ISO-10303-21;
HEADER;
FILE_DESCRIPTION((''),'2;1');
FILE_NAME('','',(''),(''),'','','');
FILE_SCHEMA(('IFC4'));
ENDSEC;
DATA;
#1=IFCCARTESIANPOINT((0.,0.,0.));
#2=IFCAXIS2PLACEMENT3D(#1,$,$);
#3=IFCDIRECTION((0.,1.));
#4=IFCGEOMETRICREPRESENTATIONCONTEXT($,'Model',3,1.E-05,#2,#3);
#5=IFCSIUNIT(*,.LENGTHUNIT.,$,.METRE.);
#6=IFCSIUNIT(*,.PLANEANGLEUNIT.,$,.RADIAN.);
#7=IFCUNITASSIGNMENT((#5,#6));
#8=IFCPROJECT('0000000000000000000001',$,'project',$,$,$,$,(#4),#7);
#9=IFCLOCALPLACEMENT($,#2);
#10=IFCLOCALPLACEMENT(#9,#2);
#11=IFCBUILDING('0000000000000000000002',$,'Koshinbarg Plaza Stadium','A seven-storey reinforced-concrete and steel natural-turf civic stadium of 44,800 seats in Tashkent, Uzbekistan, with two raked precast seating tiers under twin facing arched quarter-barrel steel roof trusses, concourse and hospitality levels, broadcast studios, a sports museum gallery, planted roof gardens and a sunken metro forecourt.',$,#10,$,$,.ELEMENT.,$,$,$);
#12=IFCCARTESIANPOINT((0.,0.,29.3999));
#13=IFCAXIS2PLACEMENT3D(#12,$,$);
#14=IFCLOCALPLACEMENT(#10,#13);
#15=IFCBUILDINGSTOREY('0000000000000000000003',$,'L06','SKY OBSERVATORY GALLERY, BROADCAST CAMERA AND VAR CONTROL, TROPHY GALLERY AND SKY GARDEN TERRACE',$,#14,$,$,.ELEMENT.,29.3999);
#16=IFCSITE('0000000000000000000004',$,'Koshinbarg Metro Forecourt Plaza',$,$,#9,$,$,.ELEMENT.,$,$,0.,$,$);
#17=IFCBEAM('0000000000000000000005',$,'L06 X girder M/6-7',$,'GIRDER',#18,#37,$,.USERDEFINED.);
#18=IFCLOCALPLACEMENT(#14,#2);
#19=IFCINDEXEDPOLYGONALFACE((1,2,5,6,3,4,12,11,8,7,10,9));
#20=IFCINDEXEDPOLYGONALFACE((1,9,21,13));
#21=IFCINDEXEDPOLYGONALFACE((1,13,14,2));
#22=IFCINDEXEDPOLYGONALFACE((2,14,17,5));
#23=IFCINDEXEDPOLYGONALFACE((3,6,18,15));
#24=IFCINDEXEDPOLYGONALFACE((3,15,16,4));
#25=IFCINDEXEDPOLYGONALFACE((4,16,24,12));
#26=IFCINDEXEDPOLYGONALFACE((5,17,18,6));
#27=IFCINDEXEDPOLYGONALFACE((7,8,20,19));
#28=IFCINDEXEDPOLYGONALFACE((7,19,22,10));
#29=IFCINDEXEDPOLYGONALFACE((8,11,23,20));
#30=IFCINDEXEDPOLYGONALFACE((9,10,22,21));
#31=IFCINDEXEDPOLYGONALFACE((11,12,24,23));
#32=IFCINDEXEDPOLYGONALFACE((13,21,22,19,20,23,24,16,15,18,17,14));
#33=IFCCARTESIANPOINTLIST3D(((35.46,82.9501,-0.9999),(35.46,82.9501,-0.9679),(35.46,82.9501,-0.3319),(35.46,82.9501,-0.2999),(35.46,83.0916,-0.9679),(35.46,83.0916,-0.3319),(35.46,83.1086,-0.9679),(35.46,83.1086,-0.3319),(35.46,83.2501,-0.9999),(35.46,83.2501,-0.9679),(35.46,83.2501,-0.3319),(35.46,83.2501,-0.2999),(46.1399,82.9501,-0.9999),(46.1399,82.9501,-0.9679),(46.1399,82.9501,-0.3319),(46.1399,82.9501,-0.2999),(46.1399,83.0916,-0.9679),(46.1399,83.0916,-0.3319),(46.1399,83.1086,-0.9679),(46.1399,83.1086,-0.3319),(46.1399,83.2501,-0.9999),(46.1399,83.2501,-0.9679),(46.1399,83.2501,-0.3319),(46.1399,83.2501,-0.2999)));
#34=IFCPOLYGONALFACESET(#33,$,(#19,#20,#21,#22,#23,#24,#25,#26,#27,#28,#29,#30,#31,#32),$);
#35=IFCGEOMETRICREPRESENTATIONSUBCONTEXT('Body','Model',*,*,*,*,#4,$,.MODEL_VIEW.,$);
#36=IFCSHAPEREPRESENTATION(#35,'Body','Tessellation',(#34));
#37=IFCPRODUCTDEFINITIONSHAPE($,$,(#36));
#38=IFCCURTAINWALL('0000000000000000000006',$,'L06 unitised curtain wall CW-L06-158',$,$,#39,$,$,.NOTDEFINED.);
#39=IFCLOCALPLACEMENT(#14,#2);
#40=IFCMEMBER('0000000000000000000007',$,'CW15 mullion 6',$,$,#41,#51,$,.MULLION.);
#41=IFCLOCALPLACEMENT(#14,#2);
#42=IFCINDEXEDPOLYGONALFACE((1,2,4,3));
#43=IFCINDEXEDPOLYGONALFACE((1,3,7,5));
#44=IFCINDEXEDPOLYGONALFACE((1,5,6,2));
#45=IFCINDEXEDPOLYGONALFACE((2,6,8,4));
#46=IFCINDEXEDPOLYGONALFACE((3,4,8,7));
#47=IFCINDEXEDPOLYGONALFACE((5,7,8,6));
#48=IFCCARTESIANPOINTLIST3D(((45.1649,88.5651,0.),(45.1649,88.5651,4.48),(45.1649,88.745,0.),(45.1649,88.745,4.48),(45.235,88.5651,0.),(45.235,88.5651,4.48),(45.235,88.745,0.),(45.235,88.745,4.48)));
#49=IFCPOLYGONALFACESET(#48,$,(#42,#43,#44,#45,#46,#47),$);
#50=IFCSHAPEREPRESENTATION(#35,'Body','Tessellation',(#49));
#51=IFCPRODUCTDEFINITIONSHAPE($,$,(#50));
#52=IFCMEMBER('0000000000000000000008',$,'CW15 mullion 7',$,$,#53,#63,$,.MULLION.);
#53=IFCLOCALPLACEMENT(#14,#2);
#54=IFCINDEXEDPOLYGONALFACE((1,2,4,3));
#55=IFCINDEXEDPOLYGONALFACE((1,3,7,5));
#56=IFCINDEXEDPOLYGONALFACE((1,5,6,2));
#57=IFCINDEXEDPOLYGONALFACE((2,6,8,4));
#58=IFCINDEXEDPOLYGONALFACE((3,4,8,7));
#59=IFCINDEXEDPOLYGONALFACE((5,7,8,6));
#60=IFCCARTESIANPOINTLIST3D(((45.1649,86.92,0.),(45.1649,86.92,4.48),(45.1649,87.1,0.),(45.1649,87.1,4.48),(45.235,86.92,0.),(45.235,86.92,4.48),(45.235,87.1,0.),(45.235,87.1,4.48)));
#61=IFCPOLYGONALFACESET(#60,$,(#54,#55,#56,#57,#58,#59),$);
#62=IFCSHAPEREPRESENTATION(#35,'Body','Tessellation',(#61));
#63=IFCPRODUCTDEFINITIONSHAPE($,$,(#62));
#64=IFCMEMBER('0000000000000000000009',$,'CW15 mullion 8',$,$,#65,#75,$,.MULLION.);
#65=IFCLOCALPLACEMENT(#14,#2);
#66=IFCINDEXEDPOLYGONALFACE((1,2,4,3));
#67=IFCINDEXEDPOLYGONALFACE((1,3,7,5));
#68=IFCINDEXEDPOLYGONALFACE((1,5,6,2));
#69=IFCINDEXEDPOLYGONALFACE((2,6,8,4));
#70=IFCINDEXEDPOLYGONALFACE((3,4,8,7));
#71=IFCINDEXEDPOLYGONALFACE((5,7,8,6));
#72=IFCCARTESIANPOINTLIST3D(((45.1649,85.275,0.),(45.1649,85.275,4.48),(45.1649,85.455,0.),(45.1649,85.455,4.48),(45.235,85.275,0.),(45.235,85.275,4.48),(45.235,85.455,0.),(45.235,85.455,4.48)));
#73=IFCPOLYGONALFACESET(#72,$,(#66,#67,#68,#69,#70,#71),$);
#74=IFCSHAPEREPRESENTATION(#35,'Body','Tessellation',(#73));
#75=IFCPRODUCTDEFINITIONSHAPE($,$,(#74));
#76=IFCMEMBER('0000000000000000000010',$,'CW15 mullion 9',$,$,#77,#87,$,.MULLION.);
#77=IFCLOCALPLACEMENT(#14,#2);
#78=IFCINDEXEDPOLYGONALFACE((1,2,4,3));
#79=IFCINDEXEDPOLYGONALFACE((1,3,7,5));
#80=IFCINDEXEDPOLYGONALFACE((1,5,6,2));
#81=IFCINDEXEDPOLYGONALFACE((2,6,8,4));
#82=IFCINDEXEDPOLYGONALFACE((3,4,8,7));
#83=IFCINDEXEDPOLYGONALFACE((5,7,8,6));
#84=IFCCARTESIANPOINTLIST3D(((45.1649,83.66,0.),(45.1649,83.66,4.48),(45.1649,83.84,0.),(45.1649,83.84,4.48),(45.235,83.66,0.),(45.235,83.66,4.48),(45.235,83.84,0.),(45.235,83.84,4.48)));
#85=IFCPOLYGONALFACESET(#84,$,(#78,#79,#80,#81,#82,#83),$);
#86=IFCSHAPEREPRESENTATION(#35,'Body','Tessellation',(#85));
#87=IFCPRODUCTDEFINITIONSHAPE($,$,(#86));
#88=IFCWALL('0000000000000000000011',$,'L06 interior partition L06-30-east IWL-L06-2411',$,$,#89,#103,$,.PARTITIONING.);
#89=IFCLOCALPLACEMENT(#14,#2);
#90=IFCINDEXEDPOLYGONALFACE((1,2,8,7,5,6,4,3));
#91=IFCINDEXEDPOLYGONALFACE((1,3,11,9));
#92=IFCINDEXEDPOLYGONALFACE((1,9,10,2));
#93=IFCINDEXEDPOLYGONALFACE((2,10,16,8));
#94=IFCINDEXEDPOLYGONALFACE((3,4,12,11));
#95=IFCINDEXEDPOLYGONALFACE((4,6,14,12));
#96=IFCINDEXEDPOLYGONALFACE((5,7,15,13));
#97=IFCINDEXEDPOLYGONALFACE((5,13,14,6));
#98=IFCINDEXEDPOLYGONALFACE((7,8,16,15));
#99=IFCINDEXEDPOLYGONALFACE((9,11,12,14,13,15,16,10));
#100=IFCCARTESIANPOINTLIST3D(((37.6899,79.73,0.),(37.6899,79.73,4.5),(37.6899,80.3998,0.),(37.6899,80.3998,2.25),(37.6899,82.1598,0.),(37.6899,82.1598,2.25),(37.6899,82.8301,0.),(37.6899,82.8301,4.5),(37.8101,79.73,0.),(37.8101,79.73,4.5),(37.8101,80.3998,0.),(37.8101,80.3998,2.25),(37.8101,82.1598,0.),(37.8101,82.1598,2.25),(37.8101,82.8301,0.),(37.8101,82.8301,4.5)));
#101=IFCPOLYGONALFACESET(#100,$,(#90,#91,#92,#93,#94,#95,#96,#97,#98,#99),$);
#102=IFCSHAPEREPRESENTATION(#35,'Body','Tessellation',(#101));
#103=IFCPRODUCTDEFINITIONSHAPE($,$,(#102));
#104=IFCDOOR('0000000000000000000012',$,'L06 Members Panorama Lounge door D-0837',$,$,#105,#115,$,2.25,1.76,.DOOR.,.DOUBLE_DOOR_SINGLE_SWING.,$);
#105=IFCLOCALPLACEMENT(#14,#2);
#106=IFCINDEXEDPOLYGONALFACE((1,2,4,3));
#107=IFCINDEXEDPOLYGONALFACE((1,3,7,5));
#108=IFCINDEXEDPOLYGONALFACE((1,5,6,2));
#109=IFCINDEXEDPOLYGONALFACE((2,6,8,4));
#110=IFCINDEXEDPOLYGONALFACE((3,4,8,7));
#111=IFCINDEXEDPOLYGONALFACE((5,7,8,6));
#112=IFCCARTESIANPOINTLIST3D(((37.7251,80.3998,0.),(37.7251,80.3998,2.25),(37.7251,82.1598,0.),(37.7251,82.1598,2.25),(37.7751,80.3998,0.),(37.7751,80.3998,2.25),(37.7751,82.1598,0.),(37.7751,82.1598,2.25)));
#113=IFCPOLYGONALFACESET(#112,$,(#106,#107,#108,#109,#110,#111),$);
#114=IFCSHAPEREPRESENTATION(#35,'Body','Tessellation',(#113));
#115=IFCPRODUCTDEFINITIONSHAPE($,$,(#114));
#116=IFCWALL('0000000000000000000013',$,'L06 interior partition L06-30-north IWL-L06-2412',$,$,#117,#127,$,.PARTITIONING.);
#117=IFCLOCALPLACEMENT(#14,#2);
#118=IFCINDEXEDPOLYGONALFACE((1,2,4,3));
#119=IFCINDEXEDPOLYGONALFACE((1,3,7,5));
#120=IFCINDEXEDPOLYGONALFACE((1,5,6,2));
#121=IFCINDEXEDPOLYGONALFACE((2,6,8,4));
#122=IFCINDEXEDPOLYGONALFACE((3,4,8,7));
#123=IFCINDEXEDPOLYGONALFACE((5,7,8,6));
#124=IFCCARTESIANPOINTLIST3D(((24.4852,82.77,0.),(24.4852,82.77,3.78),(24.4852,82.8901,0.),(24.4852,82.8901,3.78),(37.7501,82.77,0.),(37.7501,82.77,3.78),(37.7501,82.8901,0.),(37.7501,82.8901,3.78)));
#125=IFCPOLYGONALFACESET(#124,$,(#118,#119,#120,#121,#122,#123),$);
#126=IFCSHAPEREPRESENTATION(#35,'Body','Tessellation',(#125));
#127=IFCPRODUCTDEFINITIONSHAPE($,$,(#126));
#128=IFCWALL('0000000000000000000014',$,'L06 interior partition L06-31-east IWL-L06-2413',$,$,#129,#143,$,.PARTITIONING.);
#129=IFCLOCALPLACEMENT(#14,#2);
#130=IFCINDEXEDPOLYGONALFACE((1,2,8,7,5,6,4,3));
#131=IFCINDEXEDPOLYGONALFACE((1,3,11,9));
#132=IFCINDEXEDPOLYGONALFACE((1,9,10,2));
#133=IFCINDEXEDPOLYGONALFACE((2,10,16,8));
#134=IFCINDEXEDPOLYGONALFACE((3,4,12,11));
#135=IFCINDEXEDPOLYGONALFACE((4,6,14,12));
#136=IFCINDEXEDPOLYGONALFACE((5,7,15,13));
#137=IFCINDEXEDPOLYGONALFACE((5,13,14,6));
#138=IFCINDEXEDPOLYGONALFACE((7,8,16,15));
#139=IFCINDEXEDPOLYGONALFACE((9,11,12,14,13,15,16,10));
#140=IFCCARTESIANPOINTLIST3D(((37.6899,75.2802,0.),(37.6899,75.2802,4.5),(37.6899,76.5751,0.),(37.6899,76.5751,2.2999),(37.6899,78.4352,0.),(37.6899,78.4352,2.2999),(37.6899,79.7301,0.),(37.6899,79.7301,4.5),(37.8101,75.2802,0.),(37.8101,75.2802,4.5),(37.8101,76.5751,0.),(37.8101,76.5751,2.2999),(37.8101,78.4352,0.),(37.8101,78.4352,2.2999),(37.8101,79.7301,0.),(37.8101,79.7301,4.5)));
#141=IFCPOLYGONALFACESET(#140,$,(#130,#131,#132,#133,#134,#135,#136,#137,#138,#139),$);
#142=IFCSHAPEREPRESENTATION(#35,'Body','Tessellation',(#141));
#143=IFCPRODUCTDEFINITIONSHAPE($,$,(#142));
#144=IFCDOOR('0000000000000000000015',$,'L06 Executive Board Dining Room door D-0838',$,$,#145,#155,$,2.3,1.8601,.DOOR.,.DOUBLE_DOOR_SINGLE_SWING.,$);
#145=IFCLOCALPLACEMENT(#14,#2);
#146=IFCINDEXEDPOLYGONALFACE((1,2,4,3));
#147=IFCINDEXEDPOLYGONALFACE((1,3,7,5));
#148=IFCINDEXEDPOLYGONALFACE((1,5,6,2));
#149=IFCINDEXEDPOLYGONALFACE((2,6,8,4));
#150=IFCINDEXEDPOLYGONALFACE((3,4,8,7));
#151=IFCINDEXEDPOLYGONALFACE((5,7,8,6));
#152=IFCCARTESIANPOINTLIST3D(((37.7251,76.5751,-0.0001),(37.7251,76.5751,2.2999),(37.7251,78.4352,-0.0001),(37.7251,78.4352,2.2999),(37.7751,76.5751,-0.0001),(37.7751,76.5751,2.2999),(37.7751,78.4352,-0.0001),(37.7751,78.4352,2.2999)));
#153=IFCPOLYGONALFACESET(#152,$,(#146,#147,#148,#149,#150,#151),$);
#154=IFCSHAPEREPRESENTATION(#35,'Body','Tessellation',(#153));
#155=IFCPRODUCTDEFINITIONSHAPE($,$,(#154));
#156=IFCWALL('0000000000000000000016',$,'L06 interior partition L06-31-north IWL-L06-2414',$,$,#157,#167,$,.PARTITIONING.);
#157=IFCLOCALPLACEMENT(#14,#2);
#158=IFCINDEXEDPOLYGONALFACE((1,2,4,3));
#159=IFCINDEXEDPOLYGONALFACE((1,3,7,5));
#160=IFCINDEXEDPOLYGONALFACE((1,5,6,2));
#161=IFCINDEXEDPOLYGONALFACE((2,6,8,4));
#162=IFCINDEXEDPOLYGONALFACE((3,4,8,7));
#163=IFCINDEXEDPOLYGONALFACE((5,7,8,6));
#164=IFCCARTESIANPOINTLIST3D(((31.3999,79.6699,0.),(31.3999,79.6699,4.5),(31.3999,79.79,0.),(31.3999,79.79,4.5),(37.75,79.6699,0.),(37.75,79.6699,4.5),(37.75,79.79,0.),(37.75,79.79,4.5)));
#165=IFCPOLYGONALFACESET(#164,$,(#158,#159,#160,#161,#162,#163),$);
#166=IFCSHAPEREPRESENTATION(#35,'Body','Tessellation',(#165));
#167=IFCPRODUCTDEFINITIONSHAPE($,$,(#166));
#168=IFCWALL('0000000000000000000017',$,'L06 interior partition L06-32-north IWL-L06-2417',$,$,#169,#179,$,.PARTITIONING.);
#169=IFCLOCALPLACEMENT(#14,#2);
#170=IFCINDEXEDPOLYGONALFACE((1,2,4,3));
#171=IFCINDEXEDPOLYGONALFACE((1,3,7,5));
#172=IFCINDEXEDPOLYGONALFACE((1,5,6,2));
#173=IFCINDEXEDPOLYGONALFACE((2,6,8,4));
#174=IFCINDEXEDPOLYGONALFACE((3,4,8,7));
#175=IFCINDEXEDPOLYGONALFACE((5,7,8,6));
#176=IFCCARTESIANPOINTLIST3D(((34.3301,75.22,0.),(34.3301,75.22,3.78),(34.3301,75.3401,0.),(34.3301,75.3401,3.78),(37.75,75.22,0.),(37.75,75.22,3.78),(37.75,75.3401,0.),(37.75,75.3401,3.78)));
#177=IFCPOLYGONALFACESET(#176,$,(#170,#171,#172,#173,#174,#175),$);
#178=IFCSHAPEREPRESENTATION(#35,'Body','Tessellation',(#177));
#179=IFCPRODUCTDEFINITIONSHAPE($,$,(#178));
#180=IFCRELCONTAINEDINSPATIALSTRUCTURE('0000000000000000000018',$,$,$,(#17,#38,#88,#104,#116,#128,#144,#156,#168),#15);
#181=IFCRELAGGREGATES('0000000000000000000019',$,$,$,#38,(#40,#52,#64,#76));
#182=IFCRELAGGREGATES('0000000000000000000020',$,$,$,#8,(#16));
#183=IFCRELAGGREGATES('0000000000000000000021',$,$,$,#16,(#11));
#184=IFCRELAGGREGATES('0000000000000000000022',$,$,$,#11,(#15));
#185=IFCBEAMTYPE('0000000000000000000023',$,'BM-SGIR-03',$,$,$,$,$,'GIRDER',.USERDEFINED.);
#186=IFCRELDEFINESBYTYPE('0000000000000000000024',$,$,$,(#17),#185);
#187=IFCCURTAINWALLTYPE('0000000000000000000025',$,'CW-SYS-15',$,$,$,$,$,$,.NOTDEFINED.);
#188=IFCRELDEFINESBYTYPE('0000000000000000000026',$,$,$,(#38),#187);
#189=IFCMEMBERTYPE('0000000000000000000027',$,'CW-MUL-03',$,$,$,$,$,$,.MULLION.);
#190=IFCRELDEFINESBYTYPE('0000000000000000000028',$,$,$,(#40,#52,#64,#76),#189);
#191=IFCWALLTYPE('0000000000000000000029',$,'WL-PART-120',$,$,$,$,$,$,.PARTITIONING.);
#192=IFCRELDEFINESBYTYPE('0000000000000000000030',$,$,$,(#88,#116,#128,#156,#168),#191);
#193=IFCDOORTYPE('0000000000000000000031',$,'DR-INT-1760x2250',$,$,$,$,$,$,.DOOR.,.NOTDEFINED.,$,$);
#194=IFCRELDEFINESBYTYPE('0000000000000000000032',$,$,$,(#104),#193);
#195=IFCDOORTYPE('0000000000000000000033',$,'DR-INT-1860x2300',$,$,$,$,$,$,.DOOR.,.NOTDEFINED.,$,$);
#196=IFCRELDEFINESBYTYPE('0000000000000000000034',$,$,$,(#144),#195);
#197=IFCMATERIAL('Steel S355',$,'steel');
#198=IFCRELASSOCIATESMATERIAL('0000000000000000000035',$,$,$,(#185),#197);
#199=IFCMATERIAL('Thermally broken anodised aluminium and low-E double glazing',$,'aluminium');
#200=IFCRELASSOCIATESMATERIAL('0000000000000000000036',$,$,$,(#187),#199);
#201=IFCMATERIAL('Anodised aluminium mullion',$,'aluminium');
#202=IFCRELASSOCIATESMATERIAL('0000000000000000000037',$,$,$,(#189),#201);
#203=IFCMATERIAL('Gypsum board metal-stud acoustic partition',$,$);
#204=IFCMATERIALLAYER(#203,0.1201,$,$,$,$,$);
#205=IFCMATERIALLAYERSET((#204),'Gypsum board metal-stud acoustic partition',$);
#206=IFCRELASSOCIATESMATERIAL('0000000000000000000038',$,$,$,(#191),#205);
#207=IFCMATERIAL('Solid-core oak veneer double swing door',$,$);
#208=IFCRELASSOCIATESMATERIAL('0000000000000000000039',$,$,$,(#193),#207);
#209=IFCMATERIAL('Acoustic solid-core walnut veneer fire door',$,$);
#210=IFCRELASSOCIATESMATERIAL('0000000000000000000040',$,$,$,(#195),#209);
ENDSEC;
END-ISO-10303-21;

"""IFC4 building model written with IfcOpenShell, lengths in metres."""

from ifc_helpers import new_model, si_unit, direction, frame, frame_2d, origin, origin_2d, place, context, subcontext, project, spatial, rectangle, i_section, extrude, material, layer, layer_set, material_profile, profile_set, type_object, element, fill, aggregate, save


model = new_model("IFC4")

# Units and contexts
model_context = context("Model", 3, precision=1e-05, world=origin(), true_north=direction((0.0, 1.0)))
body_context = subcontext(model_context, "Body", "Model", "MODEL_VIEW")
ifc_project = project(units=[si_unit("LENGTHUNIT", "METRE"), si_unit("PLANEANGLEUNIT", "RADIAN")], contexts=[model_context])

# Site, building, storey
site_placement = place(None, origin())
site = spatial("IfcSite", under=ifc_project, at=site_placement, Name="Koshinbarg Metro Forecourt Plaza", CompositionType="ELEMENT", RefElevation=0.0)
building_placement = place(site_placement, origin())
building = spatial("IfcBuilding", under=site, at=building_placement, Name="Koshinbarg Plaza Stadium", Description="A seven-storey reinforced-concrete and steel natural-turf civic stadium of 44,800 seats in Tashkent, Uzbekistan, with two raked precast seating tiers under twin facing arched quarter-barrel steel roof trusses, concourse and hospitality levels, broadcast studios, a sports museum gallery, planted roof gardens and a sunken metro forecourt.", CompositionType="ELEMENT")
storey_placement = place(building_placement, frame((0.0, 0.0, 29.3999)))
storey = spatial("IfcBuildingStorey", under=building, at=storey_placement, Name="L06", Description="SKY OBSERVATORY GALLERY, BROADCAST CAMERA AND VAR CONTROL, TROPHY GALLERY AND SKY GARDEN TERRACE", CompositionType="ELEMENT", Elevation=29.3999)

# Beam
ifc_material_1 = material(Name="Steel S355", Category="steel")
ifc_material_profile_1 = material_profile(ifc_material_1, i_section(OverallWidth=0.3, OverallDepth=0.7, WebThickness=0.0171, FlangeThickness=0.032, at=origin_2d()), Name="HEB 700")
ifc_profile_set_1 = profile_set([ifc_material_profile_1], Name="Steel S355")
beam_type = type_object("IfcBeamType", Name="BM-SGIR-03", ElementType="GIRDER", PredefinedType="USERDEFINED", material=ifc_profile_set_1)
beam_placement = place(storey_placement, frame((35.46, 83.1001, -0.6499), z_axis=(1.0, 0.0, 0.0), x_axis=(0.0, 1.0, 0.0)))
element("IfcBeam", 1, at=beam_placement, inside=storey, type_object=beam_type, Name="L06 X girder M/6-7", ObjectType="GIRDER", PredefinedType="USERDEFINED", context=body_context, shape_type="SweptSolid", body=[
    extrude(i_section(OverallWidth=0.3, OverallDepth=0.7, WebThickness=0.0171, FlangeThickness=0.032, at=origin_2d()), origin(), (0.0, 0.0, 1.0), 10.6799),
])

# Curtain wall, members
ifc_material_2 = material(Name="Thermally broken anodised aluminium and low-E double glazing", Category="aluminium")
curtain_wall_type = type_object("IfcCurtainWallType", Name="CW-SYS-15", PredefinedType="NOTDEFINED", material=ifc_material_2)
curtain_wall_placement = place(storey_placement, origin())
curtain_wall = element("IfcCurtainWall", 2, at=curtain_wall_placement, inside=storey, type_object=curtain_wall_type, Name="L06 unitised curtain wall CW-L06-158", PredefinedType="NOTDEFINED")
ifc_material_3 = material(Name="Anodised aluminium mullion", Category="aluminium")
ifc_material_profile_2 = material_profile(ifc_material_3, rectangle(XDim=0.0701, YDim=0.1799, at=origin_2d()), Name="ALU 70x180")
ifc_profile_set_2 = profile_set([ifc_material_profile_2], Name="Anodised aluminium mullion")
member_type = type_object("IfcMemberType", Name="CW-MUL-03", PredefinedType="MULLION", material=ifc_profile_set_2)
member_1_placement = place(storey_placement, frame((45.2, 88.655, 0.0), z_axis=(0.0, 0.0, 1.0), x_axis=(1.0, 0.0, 0.0)))
member_1 = element("IfcMember", 3, at=member_1_placement, type_object=member_type, Name="CW15 mullion 6", PredefinedType="MULLION", context=body_context, shape_type="SweptSolid", body=[
    extrude(rectangle(XDim=0.0701, YDim=0.1799, at=origin_2d()), origin(), (0.0, 0.0, 1.0), 4.48),
])
member_2_placement = place(storey_placement, frame((45.2, 87.01, 0.0), z_axis=(0.0, 0.0, 1.0), x_axis=(1.0, 0.0, 0.0)))
member_2 = element("IfcMember", 4, at=member_2_placement, type_object=member_type, Name="CW15 mullion 7", PredefinedType="MULLION", context=body_context, shape_type="SweptSolid", body=[
    extrude(rectangle(XDim=0.0701, YDim=0.1799, at=origin_2d()), origin(), (0.0, 0.0, 1.0), 4.48),
])
member_3_placement = place(storey_placement, frame((45.2, 85.365, 0.0), z_axis=(0.0, 0.0, 1.0), x_axis=(1.0, 0.0, 0.0)))
member_3 = element("IfcMember", 5, at=member_3_placement, type_object=member_type, Name="CW15 mullion 8", PredefinedType="MULLION", context=body_context, shape_type="SweptSolid", body=[
    extrude(rectangle(XDim=0.0701, YDim=0.1799, at=origin_2d()), origin(), (0.0, 0.0, 1.0), 4.48),
])
member_4_placement = place(storey_placement, frame((45.2, 83.75, 0.0), z_axis=(0.0, 0.0, 1.0), x_axis=(1.0, 0.0, 0.0)))
member_4 = element("IfcMember", 6, at=member_4_placement, type_object=member_type, Name="CW15 mullion 9", PredefinedType="MULLION", context=body_context, shape_type="SweptSolid", body=[
    extrude(rectangle(XDim=0.0701, YDim=0.1799, at=origin_2d()), origin(), (0.0, 0.0, 1.0), 4.48),
])
aggregate(curtain_wall, [member_1, member_2, member_3, member_4])

# Wall, opening, door
ifc_material_4 = material(Name="Gypsum board metal-stud acoustic partition")
ifc_layer_1 = layer(ifc_material_4, 0.1201)
ifc_layer_set_1 = layer_set([ifc_layer_1], Name="Gypsum board metal-stud acoustic partition")
wall_type_1 = type_object("IfcWallType", Name="WL-PART-120", PredefinedType="PARTITIONING", material=ifc_layer_set_1)
wall_1_placement = place(storey_placement, frame((37.75, 79.73, 0.0), z_axis=(0.0, 0.0, 1.0), x_axis=(0.0, 1.0, 0.0)))
wall_1 = element("IfcWall", 7, at=wall_1_placement, inside=storey, type_object=wall_type_1, Name="L06 interior partition L06-30-east IWL-L06-2411", PredefinedType="PARTITIONING", context=body_context, shape_type="SweptSolid", body=[
    extrude(rectangle(XDim=3.1001, YDim=0.1201, at=frame_2d((1.55, 0.0))), origin(), (0.0, 0.0, 1.0), 4.5),
])
opening_1_placement = place(wall_1_placement, frame((0.6699, 0.0, 0.0)))
opening_1 = element("IfcOpeningElement", 8, at=opening_1_placement, cuts=wall_1, PredefinedType="OPENING", context=body_context, shape_type="SweptSolid", body=[
    extrude(rectangle(XDim=1.76, YDim=2.25, at=frame_2d((0.8799, 1.125))), frame((0.0, 0.0701, 0.0), z_axis=(0.0, -1.0, 0.0), x_axis=(1.0, 0.0, 0.0)), (0.0, 0.0, 1.0), 0.1401),
])
ifc_material_5 = material(Name="Solid-core oak veneer double swing door")
door_type_1 = type_object("IfcDoorType", Name="DR-INT-1760x2250", OperationType="NOTDEFINED", PredefinedType="DOOR", material=ifc_material_5)
door_1_placement = place(opening_1_placement, origin())
door_1 = element("IfcDoor", 9, at=door_1_placement, inside=storey, type_object=door_type_1, Name="L06 Members Panorama Lounge door D-0837", OperationType="DOUBLE_DOOR_SINGLE_SWING", OverallHeight=2.25, OverallWidth=1.76, PredefinedType="DOOR", context=body_context, shape_type="SweptSolid", body=[
    extrude(rectangle(XDim=1.76, YDim=2.25, at=frame_2d((0.8799, 1.125))), frame((0.0, 0.0249, 0.0), z_axis=(0.0, -1.0, 0.0), x_axis=(1.0, 0.0, 0.0)), (0.0, 0.0, 1.0), 0.05),
])
fill(opening_1, door_1)

# Wall
wall_2_placement = place(storey_placement, frame((37.75, 82.8301, 0.0), z_axis=(0.0, 0.0, 1.0), x_axis=(-1.0, 0.0, 0.0)))
element("IfcWall", 10, at=wall_2_placement, inside=storey, type_object=wall_type_1, Name="L06 interior partition L06-30-north IWL-L06-2412", PredefinedType="PARTITIONING", context=body_context, shape_type="SweptSolid", body=[
    extrude(rectangle(XDim=13.2649, YDim=0.1201, at=frame_2d((6.6323, 0.0))), origin(), (0.0, 0.0, 1.0), 3.78),
])

# Wall, opening, door
wall_3_placement = place(storey_placement, frame((37.75, 75.28, 0.0), z_axis=(0.0, 0.0, 1.0), x_axis=(0.0, 1.0, 0.0)))
wall_3 = element("IfcWall", 11, at=wall_3_placement, inside=storey, type_object=wall_type_1, Name="L06 interior partition L06-31-east IWL-L06-2413", PredefinedType="PARTITIONING", context=body_context, shape_type="SweptSolid", body=[
    extrude(rectangle(XDim=4.45, YDim=0.1201, at=frame_2d((2.2251, 0.0))), origin(), (0.0, 0.0, 1.0), 4.5),
])
opening_2_placement = place(wall_3_placement, frame((1.2949, 0.0, 0.0)))
opening_2 = element("IfcOpeningElement", 12, at=opening_2_placement, cuts=wall_3, PredefinedType="OPENING", context=body_context, shape_type="SweptSolid", body=[
    extrude(rectangle(XDim=1.8601, YDim=2.3, at=frame_2d((0.9302, 1.1499))), frame((0.0, 0.0701, 0.0), z_axis=(0.0, -1.0, 0.0), x_axis=(1.0, 0.0, 0.0)), (0.0, 0.0, 1.0), 0.1401),
])
ifc_material_6 = material(Name="Acoustic solid-core walnut veneer fire door")
door_type_2 = type_object("IfcDoorType", Name="DR-INT-1860x2300", OperationType="NOTDEFINED", PredefinedType="DOOR", material=ifc_material_6)
door_2_placement = place(opening_2_placement, origin())
door_2 = element("IfcDoor", 13, at=door_2_placement, inside=storey, type_object=door_type_2, Name="L06 Executive Board Dining Room door D-0838", OperationType="DOUBLE_DOOR_SINGLE_SWING", OverallHeight=2.3, OverallWidth=1.8601, PredefinedType="DOOR", context=body_context, shape_type="SweptSolid", body=[
    extrude(rectangle(XDim=1.8601, YDim=2.3, at=frame_2d((0.9302, 1.1499))), frame((0.0, 0.0249, 0.0), z_axis=(0.0, -1.0, 0.0), x_axis=(1.0, 0.0, 0.0)), (0.0, 0.0, 1.0), 0.05),
])
fill(opening_2, door_2)

# Walls
wall_4_placement = place(storey_placement, frame((37.75, 79.73, 0.0), z_axis=(0.0, 0.0, 1.0), x_axis=(-1.0, 0.0, 0.0)))
element("IfcWall", 14, at=wall_4_placement, inside=storey, type_object=wall_type_1, Name="L06 interior partition L06-31-north IWL-L06-2414", PredefinedType="PARTITIONING", context=body_context, shape_type="SweptSolid", body=[
    extrude(rectangle(XDim=6.3501, YDim=0.1201, at=frame_2d((3.175, 0.0))), origin(), (0.0, 0.0, 1.0), 4.5),
])
wall_5_placement = place(storey_placement, frame((37.75, 75.28, 0.0), z_axis=(0.0, 0.0, 1.0), x_axis=(-1.0, 0.0, 0.0)))
element("IfcWall", 15, at=wall_5_placement, inside=storey, type_object=wall_type_1, Name="L06 interior partition L06-32-north IWL-L06-2417", PredefinedType="PARTITIONING", context=body_context, shape_type="SweptSolid", body=[
    extrude(rectangle(XDim=3.4199, YDim=0.1201, at=frame_2d((1.71, 0.0))), origin(), (0.0, 0.0, 1.0), 3.78),
])

save(model, "model.ifc")
